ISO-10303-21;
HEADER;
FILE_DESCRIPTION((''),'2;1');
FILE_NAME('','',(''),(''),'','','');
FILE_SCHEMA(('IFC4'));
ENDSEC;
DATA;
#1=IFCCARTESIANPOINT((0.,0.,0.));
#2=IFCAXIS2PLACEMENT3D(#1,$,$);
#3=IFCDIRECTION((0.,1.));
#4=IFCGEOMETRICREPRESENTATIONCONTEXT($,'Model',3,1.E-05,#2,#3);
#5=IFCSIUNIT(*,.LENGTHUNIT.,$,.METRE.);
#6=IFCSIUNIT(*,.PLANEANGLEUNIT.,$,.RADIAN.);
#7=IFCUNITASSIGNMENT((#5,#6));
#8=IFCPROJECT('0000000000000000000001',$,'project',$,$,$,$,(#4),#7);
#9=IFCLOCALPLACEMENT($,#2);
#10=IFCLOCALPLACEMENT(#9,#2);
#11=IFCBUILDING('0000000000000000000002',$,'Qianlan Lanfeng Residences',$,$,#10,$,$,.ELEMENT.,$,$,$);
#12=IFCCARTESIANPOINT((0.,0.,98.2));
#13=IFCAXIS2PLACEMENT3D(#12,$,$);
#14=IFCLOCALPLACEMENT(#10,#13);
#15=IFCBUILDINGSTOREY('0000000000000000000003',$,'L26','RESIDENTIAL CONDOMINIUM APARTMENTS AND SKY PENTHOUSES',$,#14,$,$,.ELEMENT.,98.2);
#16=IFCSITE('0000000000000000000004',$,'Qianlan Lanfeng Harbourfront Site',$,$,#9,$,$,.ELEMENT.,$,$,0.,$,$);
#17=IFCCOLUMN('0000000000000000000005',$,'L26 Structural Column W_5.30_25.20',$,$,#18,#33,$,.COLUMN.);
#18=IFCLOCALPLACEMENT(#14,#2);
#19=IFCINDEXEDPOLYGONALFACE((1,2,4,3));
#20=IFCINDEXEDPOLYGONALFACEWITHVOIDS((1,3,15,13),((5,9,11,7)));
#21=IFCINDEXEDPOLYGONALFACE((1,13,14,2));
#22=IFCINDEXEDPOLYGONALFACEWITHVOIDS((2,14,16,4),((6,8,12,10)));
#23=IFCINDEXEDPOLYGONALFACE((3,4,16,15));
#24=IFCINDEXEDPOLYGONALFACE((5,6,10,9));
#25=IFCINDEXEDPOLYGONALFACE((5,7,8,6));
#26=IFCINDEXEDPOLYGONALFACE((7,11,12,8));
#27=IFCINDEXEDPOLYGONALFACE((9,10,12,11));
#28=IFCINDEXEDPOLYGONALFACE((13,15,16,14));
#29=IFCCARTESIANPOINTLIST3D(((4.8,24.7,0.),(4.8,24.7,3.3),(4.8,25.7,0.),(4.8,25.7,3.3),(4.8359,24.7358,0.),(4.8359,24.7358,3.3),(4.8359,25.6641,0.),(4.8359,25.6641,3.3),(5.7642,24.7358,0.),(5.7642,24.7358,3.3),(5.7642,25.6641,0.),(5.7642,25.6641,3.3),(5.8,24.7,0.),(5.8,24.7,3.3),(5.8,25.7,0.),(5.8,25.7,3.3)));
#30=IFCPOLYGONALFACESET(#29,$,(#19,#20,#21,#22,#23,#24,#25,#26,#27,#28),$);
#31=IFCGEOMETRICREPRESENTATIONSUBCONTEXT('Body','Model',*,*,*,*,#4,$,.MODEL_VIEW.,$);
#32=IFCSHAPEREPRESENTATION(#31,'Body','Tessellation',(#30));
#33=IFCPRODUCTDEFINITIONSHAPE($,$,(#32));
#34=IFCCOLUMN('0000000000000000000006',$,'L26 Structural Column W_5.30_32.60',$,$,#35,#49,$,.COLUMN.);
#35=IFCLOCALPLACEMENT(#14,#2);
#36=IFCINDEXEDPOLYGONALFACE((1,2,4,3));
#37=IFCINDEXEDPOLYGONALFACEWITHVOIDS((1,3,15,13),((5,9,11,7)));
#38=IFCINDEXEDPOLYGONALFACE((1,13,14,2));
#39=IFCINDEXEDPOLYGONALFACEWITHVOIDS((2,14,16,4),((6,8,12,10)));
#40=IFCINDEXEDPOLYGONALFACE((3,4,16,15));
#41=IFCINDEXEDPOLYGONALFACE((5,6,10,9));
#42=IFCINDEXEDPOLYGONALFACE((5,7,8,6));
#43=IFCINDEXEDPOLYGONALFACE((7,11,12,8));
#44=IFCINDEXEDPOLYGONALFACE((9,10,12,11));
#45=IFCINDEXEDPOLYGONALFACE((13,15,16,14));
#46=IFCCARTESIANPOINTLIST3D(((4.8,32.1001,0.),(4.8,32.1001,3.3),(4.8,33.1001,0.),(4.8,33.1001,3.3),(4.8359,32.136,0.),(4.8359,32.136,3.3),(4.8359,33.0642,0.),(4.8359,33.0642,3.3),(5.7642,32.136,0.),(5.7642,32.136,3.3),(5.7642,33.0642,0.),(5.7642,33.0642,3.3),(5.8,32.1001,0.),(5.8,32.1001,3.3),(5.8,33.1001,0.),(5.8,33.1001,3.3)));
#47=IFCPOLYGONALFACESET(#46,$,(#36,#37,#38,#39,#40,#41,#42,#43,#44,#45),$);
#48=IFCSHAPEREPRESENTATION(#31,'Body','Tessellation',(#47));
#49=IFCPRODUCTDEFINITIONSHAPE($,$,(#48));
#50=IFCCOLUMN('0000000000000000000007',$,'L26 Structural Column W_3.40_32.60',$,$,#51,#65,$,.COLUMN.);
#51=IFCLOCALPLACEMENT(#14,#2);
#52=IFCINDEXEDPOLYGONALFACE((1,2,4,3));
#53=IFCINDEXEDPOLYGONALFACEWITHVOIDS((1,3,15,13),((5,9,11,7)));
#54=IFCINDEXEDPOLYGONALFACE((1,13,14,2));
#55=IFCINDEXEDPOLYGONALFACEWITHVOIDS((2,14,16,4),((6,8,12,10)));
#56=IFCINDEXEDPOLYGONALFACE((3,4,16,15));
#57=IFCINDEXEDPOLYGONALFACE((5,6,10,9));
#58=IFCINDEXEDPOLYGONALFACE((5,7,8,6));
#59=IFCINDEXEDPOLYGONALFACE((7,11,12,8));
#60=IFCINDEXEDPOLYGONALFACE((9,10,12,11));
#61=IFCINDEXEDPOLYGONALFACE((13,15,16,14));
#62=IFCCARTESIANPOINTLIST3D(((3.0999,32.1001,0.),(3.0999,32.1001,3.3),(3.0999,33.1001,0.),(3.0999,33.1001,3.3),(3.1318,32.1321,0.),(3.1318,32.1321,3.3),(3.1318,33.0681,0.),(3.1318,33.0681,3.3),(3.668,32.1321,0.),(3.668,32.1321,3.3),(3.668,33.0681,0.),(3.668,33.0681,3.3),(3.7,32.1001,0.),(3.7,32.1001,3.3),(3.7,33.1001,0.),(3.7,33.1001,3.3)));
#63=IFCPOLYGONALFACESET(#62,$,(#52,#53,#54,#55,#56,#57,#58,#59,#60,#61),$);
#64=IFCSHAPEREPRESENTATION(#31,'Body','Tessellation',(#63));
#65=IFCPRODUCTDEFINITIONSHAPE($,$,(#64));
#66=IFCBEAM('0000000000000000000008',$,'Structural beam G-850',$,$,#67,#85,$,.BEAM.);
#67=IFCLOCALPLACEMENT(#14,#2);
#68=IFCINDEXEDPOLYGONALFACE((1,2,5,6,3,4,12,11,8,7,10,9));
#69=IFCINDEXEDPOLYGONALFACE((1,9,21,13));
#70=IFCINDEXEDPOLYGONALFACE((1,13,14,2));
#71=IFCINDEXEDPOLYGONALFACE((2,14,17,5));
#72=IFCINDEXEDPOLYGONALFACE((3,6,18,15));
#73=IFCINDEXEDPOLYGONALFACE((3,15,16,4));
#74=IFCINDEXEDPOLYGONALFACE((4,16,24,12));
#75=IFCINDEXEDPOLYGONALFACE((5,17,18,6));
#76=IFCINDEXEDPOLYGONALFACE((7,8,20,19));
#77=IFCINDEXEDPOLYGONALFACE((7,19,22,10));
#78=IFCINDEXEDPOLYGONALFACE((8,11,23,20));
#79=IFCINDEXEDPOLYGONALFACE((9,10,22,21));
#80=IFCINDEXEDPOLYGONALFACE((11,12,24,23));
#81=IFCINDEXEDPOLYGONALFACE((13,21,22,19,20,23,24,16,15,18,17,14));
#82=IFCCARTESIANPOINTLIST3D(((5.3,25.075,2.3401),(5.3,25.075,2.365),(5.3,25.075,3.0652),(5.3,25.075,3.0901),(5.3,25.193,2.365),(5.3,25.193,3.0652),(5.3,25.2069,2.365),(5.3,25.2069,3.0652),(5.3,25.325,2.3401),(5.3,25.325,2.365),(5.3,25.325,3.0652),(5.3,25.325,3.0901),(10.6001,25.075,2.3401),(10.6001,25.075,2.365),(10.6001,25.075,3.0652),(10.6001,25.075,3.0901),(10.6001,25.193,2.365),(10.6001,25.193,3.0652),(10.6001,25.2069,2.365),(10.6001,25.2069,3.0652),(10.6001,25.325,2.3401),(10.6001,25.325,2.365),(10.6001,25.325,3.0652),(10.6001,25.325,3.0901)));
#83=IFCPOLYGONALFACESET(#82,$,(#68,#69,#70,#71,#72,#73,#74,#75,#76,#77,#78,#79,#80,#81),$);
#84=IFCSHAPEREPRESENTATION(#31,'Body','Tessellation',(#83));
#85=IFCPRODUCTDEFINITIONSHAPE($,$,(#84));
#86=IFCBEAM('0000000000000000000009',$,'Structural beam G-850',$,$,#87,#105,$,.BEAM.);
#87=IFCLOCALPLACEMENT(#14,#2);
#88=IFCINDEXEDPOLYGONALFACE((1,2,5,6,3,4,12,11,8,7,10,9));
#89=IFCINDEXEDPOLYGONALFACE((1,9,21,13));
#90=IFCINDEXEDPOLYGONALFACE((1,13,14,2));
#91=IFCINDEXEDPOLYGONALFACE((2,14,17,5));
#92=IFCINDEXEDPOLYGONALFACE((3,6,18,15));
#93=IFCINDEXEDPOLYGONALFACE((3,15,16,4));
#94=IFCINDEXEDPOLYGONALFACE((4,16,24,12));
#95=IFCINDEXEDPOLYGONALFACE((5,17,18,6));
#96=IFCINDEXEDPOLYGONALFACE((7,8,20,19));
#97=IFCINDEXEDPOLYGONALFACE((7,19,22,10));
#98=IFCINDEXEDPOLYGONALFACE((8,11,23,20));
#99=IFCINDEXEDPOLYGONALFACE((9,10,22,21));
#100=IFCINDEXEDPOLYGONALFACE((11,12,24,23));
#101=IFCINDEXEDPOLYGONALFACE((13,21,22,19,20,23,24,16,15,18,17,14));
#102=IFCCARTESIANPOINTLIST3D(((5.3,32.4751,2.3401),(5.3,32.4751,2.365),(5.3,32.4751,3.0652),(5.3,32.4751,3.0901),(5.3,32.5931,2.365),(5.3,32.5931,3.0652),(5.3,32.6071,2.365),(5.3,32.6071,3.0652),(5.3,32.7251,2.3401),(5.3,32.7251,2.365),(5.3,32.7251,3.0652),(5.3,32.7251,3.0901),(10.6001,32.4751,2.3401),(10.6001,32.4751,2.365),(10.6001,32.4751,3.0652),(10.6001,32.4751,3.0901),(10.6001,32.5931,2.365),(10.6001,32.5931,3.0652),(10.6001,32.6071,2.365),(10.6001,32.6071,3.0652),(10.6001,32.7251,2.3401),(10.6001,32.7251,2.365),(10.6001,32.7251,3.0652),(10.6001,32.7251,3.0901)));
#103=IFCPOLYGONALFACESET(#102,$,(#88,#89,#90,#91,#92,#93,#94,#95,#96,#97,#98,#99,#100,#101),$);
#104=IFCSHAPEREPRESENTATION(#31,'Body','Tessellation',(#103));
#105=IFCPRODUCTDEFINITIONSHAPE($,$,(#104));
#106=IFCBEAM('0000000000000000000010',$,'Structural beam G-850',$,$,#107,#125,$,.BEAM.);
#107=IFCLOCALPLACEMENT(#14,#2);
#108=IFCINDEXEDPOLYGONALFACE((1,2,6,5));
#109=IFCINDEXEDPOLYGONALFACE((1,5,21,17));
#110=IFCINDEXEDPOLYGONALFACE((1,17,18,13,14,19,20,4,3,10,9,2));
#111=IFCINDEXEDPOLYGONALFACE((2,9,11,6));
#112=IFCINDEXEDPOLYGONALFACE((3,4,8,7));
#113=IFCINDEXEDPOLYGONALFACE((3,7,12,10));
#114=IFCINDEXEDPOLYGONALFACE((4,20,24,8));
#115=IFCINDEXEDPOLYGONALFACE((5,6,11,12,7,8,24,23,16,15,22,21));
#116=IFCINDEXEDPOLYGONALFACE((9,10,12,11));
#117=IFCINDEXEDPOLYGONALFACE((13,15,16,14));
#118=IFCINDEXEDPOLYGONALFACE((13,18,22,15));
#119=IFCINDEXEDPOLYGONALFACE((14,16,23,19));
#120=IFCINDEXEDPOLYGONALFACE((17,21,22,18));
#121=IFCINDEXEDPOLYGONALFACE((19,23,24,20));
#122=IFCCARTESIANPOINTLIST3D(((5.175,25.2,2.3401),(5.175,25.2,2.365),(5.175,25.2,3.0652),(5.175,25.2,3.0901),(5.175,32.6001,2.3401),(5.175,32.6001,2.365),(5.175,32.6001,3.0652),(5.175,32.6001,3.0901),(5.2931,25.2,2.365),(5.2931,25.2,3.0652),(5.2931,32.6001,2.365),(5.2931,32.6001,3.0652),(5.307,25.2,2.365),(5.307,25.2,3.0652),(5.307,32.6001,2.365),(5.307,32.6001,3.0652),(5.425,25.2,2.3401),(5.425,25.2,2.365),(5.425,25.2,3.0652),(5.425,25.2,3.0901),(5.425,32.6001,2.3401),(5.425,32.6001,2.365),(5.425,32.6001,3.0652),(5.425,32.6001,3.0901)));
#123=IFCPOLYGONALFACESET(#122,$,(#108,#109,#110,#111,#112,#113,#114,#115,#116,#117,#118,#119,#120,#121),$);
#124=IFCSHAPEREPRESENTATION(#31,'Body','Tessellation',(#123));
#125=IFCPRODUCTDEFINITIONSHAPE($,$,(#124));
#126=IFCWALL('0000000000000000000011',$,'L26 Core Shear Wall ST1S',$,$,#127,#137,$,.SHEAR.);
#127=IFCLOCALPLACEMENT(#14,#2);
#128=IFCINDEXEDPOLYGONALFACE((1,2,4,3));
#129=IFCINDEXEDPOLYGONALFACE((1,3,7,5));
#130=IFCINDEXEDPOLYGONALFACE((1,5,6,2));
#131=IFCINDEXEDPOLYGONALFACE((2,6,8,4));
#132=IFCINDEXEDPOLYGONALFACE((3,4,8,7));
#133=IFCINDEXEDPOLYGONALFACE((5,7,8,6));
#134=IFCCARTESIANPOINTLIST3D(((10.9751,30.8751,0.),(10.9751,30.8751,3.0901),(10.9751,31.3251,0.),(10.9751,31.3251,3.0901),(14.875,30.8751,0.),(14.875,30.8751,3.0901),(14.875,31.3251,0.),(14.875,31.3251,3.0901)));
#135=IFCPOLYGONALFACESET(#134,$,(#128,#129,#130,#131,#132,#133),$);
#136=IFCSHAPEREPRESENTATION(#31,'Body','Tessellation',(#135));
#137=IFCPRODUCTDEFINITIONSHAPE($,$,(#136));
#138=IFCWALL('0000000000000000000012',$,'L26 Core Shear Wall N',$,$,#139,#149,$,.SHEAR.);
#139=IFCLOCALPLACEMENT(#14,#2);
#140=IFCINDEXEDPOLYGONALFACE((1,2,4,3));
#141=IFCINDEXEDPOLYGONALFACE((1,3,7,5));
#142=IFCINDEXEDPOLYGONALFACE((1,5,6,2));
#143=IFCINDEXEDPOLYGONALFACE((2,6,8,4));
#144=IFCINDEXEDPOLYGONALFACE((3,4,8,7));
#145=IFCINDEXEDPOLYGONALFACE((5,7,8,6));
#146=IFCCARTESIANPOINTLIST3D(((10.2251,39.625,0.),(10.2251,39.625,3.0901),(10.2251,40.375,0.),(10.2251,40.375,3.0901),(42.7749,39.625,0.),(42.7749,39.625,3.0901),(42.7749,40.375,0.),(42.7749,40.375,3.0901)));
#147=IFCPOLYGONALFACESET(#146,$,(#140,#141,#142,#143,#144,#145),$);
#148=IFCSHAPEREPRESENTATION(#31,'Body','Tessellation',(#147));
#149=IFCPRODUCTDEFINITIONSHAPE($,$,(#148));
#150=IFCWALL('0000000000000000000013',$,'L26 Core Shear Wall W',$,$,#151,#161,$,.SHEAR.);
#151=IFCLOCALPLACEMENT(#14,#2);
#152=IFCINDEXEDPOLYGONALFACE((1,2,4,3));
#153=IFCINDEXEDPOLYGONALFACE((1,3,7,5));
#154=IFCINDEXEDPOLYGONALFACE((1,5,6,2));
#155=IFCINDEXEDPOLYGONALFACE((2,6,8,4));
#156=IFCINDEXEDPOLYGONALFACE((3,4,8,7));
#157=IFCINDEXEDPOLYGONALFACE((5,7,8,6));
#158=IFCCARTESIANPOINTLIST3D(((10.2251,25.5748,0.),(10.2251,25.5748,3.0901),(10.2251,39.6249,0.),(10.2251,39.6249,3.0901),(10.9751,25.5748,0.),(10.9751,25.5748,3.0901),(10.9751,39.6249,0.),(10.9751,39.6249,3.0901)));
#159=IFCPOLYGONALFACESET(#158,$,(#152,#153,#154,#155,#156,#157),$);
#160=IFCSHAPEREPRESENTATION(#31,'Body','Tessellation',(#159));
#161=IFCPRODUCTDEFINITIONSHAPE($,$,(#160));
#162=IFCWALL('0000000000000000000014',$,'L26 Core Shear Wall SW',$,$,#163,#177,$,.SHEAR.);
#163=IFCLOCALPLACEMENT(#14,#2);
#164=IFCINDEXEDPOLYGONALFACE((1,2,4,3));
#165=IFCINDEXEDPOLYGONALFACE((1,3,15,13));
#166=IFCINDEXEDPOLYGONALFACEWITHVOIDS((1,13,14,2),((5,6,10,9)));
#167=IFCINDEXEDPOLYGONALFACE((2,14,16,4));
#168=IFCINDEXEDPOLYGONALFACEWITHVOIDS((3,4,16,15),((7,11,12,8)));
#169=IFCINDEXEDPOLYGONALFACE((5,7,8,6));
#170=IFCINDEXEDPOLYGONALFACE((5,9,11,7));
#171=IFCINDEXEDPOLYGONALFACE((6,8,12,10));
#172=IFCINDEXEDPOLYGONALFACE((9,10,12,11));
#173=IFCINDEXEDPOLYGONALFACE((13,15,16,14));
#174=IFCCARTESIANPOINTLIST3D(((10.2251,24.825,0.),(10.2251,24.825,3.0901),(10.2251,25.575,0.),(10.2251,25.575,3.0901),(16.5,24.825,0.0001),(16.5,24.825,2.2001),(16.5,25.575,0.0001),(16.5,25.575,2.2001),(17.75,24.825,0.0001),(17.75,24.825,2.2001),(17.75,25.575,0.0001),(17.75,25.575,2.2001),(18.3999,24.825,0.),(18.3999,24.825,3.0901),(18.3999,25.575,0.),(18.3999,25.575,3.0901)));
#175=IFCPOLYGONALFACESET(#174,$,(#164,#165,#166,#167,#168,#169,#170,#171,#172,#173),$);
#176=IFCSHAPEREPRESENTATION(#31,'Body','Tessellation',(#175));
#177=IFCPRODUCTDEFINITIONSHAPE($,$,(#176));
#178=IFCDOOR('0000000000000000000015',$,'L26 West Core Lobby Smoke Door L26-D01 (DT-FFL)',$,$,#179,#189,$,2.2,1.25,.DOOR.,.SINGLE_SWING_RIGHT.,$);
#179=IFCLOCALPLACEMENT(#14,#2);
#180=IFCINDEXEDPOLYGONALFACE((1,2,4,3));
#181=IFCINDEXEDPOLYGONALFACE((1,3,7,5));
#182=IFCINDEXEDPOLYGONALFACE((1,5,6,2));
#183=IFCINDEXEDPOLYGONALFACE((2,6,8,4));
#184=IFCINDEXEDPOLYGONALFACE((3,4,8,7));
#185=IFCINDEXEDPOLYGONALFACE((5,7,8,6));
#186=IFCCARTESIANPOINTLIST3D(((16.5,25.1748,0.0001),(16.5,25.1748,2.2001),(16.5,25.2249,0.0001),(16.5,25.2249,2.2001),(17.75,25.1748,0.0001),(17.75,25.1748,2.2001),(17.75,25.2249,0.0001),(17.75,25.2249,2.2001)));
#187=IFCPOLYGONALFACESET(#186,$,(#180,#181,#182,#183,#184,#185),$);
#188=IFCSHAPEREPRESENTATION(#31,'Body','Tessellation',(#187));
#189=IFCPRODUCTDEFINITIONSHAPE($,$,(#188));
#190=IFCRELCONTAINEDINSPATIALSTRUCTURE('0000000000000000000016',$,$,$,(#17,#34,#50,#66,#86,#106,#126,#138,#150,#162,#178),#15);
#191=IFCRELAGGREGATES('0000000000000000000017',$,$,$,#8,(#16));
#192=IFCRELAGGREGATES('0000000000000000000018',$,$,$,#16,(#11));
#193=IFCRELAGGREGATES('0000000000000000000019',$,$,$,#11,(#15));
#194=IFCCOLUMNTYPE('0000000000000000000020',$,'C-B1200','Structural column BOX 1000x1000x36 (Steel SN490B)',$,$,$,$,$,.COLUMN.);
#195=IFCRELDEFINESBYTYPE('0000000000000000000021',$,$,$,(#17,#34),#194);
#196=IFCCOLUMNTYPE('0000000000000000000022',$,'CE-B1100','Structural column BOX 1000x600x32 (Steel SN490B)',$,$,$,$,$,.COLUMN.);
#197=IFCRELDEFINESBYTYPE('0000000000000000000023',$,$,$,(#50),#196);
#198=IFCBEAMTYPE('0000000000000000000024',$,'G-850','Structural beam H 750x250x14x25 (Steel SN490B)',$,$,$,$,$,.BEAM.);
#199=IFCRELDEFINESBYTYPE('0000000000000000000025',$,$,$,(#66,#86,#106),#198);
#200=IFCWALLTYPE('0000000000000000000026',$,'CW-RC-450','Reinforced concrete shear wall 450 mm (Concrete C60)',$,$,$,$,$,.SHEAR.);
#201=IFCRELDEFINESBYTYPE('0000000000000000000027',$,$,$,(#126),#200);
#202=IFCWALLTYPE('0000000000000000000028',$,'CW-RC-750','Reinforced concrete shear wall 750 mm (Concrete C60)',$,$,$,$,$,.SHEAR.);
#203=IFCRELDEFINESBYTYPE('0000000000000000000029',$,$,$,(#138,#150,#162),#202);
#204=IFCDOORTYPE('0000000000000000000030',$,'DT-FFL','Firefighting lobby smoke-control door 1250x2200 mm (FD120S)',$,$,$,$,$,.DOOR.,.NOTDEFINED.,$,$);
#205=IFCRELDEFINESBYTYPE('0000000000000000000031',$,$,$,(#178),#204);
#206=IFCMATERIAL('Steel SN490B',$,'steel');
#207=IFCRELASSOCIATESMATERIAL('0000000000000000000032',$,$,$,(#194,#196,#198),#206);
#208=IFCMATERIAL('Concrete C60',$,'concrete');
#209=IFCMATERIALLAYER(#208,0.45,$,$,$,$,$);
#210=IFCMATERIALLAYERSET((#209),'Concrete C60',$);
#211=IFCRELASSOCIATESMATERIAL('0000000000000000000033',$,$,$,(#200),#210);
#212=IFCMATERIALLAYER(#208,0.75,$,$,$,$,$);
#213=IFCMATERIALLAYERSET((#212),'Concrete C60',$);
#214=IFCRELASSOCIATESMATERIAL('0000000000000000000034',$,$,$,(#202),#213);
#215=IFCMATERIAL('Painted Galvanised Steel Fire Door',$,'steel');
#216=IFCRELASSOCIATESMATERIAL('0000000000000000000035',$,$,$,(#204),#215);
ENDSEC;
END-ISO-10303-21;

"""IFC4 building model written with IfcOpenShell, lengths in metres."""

from ifc_helpers import new_model, si_unit, direction, frame, frame_2d, origin, origin_2d, place, context, subcontext, project, spatial, rectangle, hollow_rectangle, i_section, extrude, material, layer, layer_set, material_profile, profile_set, type_object, element, fill, save


model = new_model("IFC4")

# Units and contexts
model_context = context("Model", 3, precision=1e-05, world=origin(), true_north=direction((0.0, 1.0)))
body_context = subcontext(model_context, "Body", "Model", "MODEL_VIEW")
ifc_project = project(units=[si_unit("LENGTHUNIT", "METRE"), si_unit("PLANEANGLEUNIT", "RADIAN")], contexts=[model_context])

# Site, building, storey
site_placement = place(None, origin())
site = spatial("IfcSite", under=ifc_project, at=site_placement, Name="Qianlan Lanfeng Harbourfront Site", CompositionType="ELEMENT", RefElevation=0.0)
building_placement = place(site_placement, origin())
building = spatial("IfcBuilding", under=site, at=building_placement, Name="Qianlan Lanfeng Residences", CompositionType="ELEMENT")
storey_placement = place(building_placement, frame((0.0, 0.0, 98.2)))
storey = spatial("IfcBuildingStorey", under=building, at=storey_placement, Name="L26", Description="RESIDENTIAL CONDOMINIUM APARTMENTS AND SKY PENTHOUSES", CompositionType="ELEMENT", Elevation=98.2)

# Columns
ifc_material_1 = material(Name="Steel SN490B", Category="steel")
ifc_material_profile_1 = material_profile(ifc_material_1, hollow_rectangle(XDim=1.0, YDim=1.0, WallThickness=0.0359, at=origin_2d()), Name="BOX 1000x1000x36")
ifc_profile_set_1 = profile_set([ifc_material_profile_1], Name="Steel SN490B")
column_type_1 = type_object("IfcColumnType", Name="C-B1200", Description="Structural column BOX 1000x1000x36 (Steel SN490B)", PredefinedType="COLUMN", material=ifc_profile_set_1)
for number, where, z_axis, x_axis, name in (
    (1, (5.3, 25.2, 0.0), (0.0, 0.0, 1.0), (1.0, 0.0, 0.0), "L26 Structural Column W_5.30_25.20"),
    (2, (5.3, 32.6001, 0.0), (0.0, 0.0, 1.0), (1.0, 0.0, 0.0), "L26 Structural Column W_5.30_32.60"),
):
    element("IfcColumn", number, at=place(storey_placement, frame(where, z_axis=z_axis, x_axis=x_axis)), inside=storey, type_object=column_type_1, Name=name, PredefinedType="COLUMN", context=body_context, shape_type="SweptSolid", body=[
        extrude(hollow_rectangle(XDim=1.0, YDim=1.0, WallThickness=0.0359, at=origin_2d()), origin(), (0.0, 0.0, 1.0), 3.3),
    ])
ifc_material_profile_2 = material_profile(ifc_material_1, hollow_rectangle(XDim=0.6001, YDim=1.0, WallThickness=0.032, at=origin_2d()), Name="BOX 1000x600x32")
ifc_profile_set_2 = profile_set([ifc_material_profile_2], Name="Steel SN490B")
column_type_2 = type_object("IfcColumnType", Name="CE-B1100", Description="Structural column BOX 1000x600x32 (Steel SN490B)", PredefinedType="COLUMN", material=ifc_profile_set_2)
column_placement = place(storey_placement, frame((3.3999, 32.6001, 0.0), z_axis=(0.0, 0.0, 1.0), x_axis=(1.0, 0.0, 0.0)))
element("IfcColumn", 3, at=column_placement, inside=storey, type_object=column_type_2, Name="L26 Structural Column W_3.40_32.60", PredefinedType="COLUMN", context=body_context, shape_type="SweptSolid", body=[
    extrude(hollow_rectangle(XDim=0.6001, YDim=1.0, WallThickness=0.032, at=origin_2d()), origin(), (0.0, 0.0, 1.0), 3.3),
])

# Beams
ifc_material_profile_3 = material_profile(ifc_material_1, i_section(OverallWidth=0.25, OverallDepth=0.75, WebThickness=0.0139, FlangeThickness=0.0249, at=origin_2d()), Name="H 750x250x14x25")
ifc_profile_set_3 = profile_set([ifc_material_profile_3], Name="Steel SN490B")
beam_type = type_object("IfcBeamType", Name="G-850", Description="Structural beam H 750x250x14x25 (Steel SN490B)", PredefinedType="BEAM", material=ifc_profile_set_3)
for number, where, z_axis, x_axis, name in (
    (4, (5.3, 25.2, 2.7151), (1.0, 0.0, 0.0), (0.0, 1.0, 0.0), "Structural beam G-850"),
    (5, (5.3, 32.6001, 2.7151), (1.0, 0.0, 0.0), (0.0, 1.0, 0.0), "Structural beam G-850"),
):
    element("IfcBeam", number, at=place(storey_placement, frame(where, z_axis=z_axis, x_axis=x_axis)), inside=storey, type_object=beam_type, Name=name, PredefinedType="BEAM", context=body_context, shape_type="SweptSolid", body=[
        extrude(i_section(OverallWidth=0.25, OverallDepth=0.75, WebThickness=0.0139, FlangeThickness=0.0249, at=origin_2d()), origin(), (0.0, 0.0, 1.0), 5.3),
    ])
beam_placement = place(storey_placement, frame((5.3, 25.2, 2.7151), z_axis=(0.0, 1.0, 0.0), x_axis=(-1.0, 0.0, 0.0)))
element("IfcBeam", 6, at=beam_placement, inside=storey, type_object=beam_type, Name="Structural beam G-850", PredefinedType="BEAM", context=body_context, shape_type="SweptSolid", body=[
    extrude(i_section(OverallWidth=0.25, OverallDepth=0.75, WebThickness=0.0139, FlangeThickness=0.0249, at=origin_2d()), origin(), (0.0, 0.0, 1.0), 7.4001),
])

# Walls
ifc_material_2 = material(Name="Concrete C60", Category="concrete")
ifc_layer_1 = layer(ifc_material_2, 0.45)
ifc_layer_set_1 = layer_set([ifc_layer_1], Name="Concrete C60")
wall_type_1 = type_object("IfcWallType", Name="CW-RC-450", Description="Reinforced concrete shear wall 450 mm (Concrete C60)", PredefinedType="SHEAR", material=ifc_layer_set_1)
wall_1_placement = place(storey_placement, frame((10.9751, 31.1001, 0.0), z_axis=(0.0, 0.0, 1.0), x_axis=(1.0, 0.0, 0.0)))
element("IfcWall", 7, at=wall_1_placement, inside=storey, type_object=wall_type_1, Name="L26 Core Shear Wall ST1S", PredefinedType="SHEAR", context=body_context, shape_type="SweptSolid", body=[
    extrude(rectangle(XDim=3.8999, YDim=0.45, at=frame_2d((1.95, 0.0))), origin(), (0.0, 0.0, 1.0), 3.0901),
])
ifc_layer_2 = layer(ifc_material_2, 0.75)
ifc_layer_set_2 = layer_set([ifc_layer_2], Name="Concrete C60")
wall_type_2 = type_object("IfcWallType", Name="CW-RC-750", Description="Reinforced concrete shear wall 750 mm (Concrete C60)", PredefinedType="SHEAR", material=ifc_layer_set_2)
wall_2_placement = place(storey_placement, frame((10.2251, 40.0, 0.0), z_axis=(0.0, 0.0, 1.0), x_axis=(1.0, 0.0, 0.0)))
element("IfcWall", 8, at=wall_2_placement, inside=storey, type_object=wall_type_2, Name="L26 Core Shear Wall N", PredefinedType="SHEAR", context=body_context, shape_type="SweptSolid", body=[
    extrude(rectangle(XDim=32.5498, YDim=0.75, at=frame_2d((16.2749, 0.0))), origin(), (0.0, 0.0, 1.0), 3.0901),
])
wall_3_placement = place(storey_placement, frame((10.6001, 25.575, 0.0), z_axis=(0.0, 0.0, 1.0), x_axis=(0.0, 1.0, 0.0)))
element("IfcWall", 9, at=wall_3_placement, inside=storey, type_object=wall_type_2, Name="L26 Core Shear Wall W", PredefinedType="SHEAR", context=body_context, shape_type="SweptSolid", body=[
    extrude(rectangle(XDim=14.05, YDim=0.75, at=frame_2d((7.0249, 0.0))), origin(), (0.0, 0.0, 1.0), 3.0901),
])

# Wall, opening, door
wall_4_placement = place(storey_placement, frame((10.2251, 25.2, 0.0), z_axis=(0.0, 0.0, 1.0), x_axis=(1.0, 0.0, 0.0)))
wall_4 = element("IfcWall", 10, at=wall_4_placement, inside=storey, type_object=wall_type_2, Name="L26 Core Shear Wall SW", PredefinedType="SHEAR", context=body_context, shape_type="SweptSolid", body=[
    extrude(rectangle(XDim=8.1748, YDim=0.75, at=frame_2d((4.0874, 0.0))), origin(), (0.0, 0.0, 1.0), 3.0901),
])
opening_1_placement = place(wall_4_placement, frame((6.2749, 0.0, 0.0)))
opening_1 = element("IfcOpeningElement", 11, at=opening_1_placement, cuts=wall_4, PredefinedType="OPENING", context=body_context, shape_type="SweptSolid", body=[
    extrude(rectangle(XDim=1.25, YDim=2.2, at=frame_2d((0.625, 1.1001))), frame((0.0, 0.385, 0.0), z_axis=(0.0, -1.0, 0.0), x_axis=(1.0, 0.0, 0.0)), (0.0, 0.0, 1.0), 0.77),
])
ifc_material_3 = material(Name="Painted Galvanised Steel Fire Door", Category="steel")
door_type_1 = type_object("IfcDoorType", Name="DT-FFL", Description="Firefighting lobby smoke-control door 1250x2200 mm (FD120S)", OperationType="NOTDEFINED", PredefinedType="DOOR", material=ifc_material_3)
door_1_placement = place(opening_1_placement, origin())
door_1 = element("IfcDoor", 12, at=door_1_placement, inside=storey, type_object=door_type_1, Name="L26 West Core Lobby Smoke Door L26-D01 (DT-FFL)", OperationType="SINGLE_SWING_RIGHT", OverallHeight=2.2, OverallWidth=1.25, PredefinedType="DOOR", context=body_context, shape_type="SweptSolid", body=[
    extrude(rectangle(XDim=1.25, YDim=2.2, at=frame_2d((0.625, 1.1001))), frame((0.0, 0.0249, 0.0), z_axis=(0.0, -1.0, 0.0), x_axis=(1.0, 0.0, 0.0)), (0.0, 0.0, 1.0), 0.05),
])
fill(opening_1, door_1)

save(model, "model.ifc")
